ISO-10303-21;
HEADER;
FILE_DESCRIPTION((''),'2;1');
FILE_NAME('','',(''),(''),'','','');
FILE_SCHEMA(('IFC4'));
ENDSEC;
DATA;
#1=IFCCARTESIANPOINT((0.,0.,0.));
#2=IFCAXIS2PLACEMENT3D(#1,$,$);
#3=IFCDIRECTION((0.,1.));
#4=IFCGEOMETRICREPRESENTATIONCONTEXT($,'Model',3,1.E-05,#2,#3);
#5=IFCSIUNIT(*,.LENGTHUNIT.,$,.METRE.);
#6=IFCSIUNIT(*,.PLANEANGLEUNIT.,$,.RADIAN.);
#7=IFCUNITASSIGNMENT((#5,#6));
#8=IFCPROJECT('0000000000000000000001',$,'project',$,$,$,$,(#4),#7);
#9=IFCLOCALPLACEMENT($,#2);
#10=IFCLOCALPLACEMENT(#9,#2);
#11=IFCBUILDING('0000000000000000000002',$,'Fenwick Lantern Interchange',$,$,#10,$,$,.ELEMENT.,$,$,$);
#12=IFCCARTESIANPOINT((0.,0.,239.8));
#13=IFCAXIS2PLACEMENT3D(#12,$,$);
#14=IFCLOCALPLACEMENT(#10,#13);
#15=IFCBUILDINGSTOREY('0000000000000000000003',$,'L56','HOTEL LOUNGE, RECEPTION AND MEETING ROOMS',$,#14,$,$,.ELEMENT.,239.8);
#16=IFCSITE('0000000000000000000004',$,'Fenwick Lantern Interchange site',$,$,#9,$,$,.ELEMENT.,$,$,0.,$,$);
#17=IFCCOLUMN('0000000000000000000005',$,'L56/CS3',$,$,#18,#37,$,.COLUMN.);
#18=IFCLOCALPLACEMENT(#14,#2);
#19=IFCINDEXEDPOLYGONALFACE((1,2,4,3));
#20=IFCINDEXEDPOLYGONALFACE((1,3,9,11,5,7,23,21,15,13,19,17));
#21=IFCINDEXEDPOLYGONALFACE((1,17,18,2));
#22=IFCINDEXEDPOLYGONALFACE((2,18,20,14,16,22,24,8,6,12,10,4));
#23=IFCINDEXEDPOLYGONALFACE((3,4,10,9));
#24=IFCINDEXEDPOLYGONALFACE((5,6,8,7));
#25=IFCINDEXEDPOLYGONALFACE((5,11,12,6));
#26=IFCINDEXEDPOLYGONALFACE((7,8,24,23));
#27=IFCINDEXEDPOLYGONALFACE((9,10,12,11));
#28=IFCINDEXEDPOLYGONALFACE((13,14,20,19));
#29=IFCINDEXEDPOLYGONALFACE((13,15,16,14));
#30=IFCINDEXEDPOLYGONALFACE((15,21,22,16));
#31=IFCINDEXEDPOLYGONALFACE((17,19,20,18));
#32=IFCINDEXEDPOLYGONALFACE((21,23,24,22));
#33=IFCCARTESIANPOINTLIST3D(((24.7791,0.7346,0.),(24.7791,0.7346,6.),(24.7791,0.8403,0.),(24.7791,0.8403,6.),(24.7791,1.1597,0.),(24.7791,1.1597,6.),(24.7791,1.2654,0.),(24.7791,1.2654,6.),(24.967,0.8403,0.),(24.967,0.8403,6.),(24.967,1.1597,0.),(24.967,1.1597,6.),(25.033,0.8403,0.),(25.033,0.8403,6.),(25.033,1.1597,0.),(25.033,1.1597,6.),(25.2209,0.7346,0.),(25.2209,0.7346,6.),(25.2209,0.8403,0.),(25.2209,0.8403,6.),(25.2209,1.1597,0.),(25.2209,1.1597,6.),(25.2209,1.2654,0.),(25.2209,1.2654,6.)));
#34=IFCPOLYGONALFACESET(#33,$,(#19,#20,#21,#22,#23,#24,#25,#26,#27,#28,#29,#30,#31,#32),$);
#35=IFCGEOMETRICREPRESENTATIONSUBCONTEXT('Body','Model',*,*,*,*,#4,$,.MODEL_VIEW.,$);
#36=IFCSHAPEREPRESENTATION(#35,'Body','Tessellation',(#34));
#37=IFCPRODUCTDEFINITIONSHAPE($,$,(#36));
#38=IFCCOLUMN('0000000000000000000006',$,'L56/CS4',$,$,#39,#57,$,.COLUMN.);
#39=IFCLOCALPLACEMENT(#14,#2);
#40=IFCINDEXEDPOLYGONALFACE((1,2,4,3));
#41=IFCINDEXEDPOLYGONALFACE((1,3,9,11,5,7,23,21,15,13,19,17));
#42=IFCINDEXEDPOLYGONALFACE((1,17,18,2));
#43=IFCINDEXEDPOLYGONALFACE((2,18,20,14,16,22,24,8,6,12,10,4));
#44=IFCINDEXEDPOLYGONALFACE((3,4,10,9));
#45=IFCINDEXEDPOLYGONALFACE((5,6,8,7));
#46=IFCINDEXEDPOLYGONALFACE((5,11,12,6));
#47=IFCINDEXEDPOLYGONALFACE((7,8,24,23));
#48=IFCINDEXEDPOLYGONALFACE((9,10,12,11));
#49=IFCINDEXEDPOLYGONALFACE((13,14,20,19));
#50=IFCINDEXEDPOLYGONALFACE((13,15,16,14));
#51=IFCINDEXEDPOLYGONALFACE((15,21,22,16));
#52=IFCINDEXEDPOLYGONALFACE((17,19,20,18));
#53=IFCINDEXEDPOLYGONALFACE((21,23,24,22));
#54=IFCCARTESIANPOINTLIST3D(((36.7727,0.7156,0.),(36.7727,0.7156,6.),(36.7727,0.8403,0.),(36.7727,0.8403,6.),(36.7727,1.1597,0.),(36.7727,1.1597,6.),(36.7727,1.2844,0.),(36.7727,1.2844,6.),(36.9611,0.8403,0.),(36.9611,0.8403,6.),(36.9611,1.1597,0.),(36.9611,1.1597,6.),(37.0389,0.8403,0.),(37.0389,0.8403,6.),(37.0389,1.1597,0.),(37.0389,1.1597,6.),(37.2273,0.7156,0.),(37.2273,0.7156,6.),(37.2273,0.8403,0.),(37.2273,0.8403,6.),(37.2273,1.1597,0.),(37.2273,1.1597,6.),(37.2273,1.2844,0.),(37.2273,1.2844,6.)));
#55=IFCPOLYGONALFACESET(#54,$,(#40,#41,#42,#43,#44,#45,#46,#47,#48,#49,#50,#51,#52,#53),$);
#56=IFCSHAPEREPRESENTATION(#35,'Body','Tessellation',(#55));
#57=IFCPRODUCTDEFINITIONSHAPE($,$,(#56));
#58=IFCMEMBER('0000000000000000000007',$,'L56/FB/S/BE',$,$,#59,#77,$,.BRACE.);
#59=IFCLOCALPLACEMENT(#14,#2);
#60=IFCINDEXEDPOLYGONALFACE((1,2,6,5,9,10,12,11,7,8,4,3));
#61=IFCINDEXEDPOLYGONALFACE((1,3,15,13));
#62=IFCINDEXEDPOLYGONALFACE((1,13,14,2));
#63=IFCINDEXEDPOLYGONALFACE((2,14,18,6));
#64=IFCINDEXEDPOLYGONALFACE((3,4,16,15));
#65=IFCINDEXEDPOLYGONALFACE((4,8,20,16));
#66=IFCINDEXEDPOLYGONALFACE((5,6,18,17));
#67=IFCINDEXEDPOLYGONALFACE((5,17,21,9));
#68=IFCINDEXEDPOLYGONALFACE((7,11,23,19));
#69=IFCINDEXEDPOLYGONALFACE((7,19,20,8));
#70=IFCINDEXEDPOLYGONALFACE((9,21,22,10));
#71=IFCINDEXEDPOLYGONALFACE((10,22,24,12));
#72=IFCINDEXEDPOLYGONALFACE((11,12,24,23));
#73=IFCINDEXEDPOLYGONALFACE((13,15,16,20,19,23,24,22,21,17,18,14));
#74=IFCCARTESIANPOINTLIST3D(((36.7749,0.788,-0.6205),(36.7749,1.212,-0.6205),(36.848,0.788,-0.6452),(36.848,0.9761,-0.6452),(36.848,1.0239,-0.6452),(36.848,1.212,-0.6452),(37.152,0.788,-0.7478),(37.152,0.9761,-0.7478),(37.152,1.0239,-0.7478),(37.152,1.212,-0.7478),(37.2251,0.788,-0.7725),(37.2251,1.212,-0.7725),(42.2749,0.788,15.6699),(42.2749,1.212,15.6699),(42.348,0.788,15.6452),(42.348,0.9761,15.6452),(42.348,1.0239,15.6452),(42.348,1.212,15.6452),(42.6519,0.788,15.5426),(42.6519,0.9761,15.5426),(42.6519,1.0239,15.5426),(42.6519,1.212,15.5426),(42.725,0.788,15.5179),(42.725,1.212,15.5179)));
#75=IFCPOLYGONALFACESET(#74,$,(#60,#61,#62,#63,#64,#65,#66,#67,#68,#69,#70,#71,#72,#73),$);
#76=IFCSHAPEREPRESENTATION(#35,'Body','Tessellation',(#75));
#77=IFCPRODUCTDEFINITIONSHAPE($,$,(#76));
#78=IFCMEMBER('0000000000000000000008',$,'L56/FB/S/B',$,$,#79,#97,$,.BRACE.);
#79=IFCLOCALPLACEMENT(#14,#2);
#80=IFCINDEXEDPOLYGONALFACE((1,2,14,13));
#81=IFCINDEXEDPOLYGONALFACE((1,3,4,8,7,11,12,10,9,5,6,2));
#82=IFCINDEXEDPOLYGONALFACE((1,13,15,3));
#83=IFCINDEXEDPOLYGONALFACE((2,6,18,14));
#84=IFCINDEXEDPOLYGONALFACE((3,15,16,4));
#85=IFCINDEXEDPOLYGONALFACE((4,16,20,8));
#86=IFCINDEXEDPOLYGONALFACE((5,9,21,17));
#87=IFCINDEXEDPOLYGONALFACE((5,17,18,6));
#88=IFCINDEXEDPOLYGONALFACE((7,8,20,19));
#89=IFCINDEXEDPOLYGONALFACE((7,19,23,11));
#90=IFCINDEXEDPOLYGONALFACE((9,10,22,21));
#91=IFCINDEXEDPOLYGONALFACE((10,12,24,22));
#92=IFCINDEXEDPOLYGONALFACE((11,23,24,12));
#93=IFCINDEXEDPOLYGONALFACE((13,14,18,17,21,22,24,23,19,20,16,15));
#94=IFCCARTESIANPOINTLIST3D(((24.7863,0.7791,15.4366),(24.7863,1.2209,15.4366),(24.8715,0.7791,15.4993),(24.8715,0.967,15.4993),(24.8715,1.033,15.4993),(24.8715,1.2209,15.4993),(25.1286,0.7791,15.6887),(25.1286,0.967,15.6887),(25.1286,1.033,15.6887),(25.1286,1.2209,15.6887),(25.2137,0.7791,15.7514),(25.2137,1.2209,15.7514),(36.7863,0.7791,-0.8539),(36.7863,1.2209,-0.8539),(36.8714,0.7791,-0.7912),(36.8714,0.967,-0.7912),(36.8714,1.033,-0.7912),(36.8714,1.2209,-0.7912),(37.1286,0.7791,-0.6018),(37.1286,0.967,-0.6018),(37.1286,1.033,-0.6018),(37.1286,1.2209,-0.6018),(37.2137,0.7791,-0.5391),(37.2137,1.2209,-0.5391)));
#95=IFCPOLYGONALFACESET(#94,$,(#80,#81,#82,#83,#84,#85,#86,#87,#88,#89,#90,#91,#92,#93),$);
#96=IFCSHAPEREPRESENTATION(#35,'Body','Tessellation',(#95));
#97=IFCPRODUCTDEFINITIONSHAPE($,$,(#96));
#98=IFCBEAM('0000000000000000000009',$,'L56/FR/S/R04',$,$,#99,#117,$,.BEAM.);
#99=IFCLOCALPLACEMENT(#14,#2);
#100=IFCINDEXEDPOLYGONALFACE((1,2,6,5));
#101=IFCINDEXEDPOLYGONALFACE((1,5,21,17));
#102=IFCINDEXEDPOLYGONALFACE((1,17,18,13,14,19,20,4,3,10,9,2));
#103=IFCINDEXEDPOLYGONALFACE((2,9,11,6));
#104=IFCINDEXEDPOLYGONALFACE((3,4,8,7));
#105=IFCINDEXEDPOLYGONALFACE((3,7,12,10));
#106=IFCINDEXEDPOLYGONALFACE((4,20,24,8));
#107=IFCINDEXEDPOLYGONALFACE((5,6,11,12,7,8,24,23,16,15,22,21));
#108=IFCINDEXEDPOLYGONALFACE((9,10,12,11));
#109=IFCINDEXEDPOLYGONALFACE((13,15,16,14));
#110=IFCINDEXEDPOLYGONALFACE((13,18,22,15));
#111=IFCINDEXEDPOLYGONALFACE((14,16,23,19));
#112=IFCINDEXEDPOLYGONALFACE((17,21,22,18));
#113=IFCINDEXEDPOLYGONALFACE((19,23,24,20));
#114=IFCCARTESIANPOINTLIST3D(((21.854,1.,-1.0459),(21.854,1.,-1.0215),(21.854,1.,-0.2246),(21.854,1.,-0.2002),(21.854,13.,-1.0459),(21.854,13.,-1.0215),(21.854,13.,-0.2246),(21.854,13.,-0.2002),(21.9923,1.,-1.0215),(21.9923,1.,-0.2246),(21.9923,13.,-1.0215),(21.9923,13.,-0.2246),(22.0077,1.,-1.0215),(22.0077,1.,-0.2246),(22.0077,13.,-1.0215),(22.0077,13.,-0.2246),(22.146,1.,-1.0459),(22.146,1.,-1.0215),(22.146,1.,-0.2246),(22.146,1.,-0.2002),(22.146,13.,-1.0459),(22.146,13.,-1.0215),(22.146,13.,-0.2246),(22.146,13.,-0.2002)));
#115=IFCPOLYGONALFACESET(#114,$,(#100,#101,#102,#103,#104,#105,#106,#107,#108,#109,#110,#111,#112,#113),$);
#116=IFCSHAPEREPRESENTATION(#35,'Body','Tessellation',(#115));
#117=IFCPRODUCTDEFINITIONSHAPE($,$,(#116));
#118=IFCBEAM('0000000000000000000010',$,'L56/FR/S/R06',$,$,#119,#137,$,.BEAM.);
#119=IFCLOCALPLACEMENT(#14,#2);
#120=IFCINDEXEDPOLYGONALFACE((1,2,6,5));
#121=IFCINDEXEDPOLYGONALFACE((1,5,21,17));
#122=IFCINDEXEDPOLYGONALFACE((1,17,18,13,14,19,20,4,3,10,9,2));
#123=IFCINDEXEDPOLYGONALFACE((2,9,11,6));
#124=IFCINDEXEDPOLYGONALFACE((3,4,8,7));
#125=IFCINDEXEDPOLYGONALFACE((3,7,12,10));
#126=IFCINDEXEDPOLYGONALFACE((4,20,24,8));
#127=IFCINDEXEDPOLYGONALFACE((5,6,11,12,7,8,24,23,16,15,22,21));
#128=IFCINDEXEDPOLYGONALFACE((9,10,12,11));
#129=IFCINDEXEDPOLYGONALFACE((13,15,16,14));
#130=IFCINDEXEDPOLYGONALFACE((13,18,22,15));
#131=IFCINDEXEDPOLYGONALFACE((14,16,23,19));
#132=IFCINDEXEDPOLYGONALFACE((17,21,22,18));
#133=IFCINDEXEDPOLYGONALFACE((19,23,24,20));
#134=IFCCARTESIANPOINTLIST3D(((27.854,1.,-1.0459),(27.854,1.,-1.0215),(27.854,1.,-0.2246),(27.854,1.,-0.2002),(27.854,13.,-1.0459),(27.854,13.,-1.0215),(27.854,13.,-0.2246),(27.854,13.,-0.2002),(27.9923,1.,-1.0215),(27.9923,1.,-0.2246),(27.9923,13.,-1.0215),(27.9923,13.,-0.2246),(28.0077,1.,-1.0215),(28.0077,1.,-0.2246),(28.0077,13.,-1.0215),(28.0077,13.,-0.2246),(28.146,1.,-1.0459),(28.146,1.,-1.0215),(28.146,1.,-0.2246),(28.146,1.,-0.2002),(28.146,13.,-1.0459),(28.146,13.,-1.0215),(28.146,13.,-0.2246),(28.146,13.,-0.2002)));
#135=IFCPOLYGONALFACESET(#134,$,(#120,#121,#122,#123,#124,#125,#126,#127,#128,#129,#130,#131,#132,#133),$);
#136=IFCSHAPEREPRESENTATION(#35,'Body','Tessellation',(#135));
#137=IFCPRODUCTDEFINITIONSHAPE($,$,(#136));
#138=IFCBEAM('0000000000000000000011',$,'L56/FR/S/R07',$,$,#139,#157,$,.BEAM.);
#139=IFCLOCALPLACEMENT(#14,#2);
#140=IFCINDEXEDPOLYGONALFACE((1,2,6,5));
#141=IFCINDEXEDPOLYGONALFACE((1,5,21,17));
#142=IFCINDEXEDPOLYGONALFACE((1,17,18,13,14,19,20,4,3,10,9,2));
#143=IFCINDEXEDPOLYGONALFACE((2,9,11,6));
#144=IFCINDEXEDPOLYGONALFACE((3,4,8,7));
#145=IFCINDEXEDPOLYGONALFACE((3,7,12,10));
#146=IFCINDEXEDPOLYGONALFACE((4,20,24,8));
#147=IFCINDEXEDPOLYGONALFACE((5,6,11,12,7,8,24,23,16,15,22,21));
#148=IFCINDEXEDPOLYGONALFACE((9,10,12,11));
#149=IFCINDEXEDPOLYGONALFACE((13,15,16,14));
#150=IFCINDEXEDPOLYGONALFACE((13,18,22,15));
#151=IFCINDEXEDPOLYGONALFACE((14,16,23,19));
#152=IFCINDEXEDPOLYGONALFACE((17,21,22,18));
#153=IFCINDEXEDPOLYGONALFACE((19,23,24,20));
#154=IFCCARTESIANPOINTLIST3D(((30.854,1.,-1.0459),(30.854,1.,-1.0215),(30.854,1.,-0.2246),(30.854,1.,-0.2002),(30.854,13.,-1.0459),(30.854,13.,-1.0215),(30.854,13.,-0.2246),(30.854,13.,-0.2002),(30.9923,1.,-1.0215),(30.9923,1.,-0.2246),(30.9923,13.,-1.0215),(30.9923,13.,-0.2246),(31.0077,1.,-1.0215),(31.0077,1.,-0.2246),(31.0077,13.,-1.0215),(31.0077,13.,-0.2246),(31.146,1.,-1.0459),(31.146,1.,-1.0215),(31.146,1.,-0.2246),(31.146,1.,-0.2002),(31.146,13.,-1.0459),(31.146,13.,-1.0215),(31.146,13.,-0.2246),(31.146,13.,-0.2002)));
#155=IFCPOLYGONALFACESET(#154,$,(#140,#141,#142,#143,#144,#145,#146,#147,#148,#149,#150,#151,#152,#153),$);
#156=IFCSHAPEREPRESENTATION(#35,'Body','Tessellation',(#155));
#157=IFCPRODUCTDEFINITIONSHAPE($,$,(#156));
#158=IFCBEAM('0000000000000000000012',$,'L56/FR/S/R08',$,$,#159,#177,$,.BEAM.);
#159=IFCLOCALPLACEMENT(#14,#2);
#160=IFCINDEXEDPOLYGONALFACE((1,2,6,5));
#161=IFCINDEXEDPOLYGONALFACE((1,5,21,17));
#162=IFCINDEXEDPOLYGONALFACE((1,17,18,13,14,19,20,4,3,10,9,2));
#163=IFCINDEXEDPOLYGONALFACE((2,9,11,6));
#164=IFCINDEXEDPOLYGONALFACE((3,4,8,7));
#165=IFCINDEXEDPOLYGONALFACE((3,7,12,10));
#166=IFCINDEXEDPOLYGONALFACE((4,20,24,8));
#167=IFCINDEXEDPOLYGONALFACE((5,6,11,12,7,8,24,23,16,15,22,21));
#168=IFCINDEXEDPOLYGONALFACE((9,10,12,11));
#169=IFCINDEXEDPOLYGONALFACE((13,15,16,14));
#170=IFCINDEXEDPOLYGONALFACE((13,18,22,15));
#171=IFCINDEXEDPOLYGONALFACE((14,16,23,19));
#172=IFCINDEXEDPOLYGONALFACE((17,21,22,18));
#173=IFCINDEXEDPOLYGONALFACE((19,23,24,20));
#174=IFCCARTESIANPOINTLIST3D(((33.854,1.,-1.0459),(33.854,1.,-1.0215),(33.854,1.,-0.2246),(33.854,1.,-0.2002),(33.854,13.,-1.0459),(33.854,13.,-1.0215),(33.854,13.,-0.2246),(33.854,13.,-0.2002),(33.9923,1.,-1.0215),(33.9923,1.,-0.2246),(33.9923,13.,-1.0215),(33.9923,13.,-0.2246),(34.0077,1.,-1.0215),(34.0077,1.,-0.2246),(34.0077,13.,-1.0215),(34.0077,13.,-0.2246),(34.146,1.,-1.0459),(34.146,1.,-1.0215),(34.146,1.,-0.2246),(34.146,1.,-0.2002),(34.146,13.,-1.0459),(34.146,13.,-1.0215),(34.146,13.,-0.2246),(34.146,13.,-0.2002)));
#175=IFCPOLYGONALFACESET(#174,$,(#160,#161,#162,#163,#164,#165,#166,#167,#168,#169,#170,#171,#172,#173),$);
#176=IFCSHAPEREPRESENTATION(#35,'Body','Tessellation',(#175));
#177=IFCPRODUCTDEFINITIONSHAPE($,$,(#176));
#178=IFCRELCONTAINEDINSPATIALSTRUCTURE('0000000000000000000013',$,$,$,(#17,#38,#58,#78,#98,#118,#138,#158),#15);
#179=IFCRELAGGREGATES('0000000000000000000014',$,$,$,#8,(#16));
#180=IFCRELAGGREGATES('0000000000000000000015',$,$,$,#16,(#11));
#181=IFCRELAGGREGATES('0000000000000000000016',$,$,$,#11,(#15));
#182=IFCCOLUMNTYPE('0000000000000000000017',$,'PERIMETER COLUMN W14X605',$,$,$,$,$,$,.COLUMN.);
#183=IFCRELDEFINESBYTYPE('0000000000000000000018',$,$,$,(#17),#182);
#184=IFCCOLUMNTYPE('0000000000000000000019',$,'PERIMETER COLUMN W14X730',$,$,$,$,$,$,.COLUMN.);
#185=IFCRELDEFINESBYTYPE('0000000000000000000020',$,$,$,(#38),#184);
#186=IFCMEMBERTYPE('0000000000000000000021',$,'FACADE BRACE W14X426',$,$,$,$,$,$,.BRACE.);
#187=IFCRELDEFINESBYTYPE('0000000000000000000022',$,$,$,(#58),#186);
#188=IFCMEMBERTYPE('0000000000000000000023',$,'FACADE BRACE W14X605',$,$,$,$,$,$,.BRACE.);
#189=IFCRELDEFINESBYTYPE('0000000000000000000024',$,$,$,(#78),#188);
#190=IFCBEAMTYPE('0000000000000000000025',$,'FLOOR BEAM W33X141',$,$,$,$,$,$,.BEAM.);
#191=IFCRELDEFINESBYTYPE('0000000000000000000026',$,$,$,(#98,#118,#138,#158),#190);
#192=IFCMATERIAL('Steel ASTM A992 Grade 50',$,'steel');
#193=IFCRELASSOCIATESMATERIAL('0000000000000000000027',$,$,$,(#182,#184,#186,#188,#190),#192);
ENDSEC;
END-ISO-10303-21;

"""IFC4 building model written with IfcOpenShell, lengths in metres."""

from ifc_helpers import new_model, si_unit, direction, frame, origin, origin_2d, place, context, subcontext, project, spatial, i_section, extrude, material, material_profile, profile_set, type_object, element, save


model = new_model("IFC4")

# Units and contexts
model_context = context("Model", 3, precision=1e-05, world=origin(), true_north=direction((0.0, 1.0)))
body_context = subcontext(model_context, "Body", "Model", "MODEL_VIEW")
ifc_project = project(units=[si_unit("LENGTHUNIT", "METRE"), si_unit("PLANEANGLEUNIT", "RADIAN")], contexts=[model_context])

# Site, building, storey
site_placement = place(None, origin())
site = spatial("IfcSite", under=ifc_project, at=site_placement, Name="Fenwick Lantern Interchange site", CompositionType="ELEMENT", RefElevation=0.0)
building_placement = place(site_placement, origin())
building = spatial("IfcBuilding", under=site, at=building_placement, Name="Fenwick Lantern Interchange", CompositionType="ELEMENT")
storey_placement = place(building_placement, frame((0.0, 0.0, 239.8)))
storey = spatial("IfcBuildingStorey", under=building, at=storey_placement, Name="L56", Description="HOTEL LOUNGE, RECEPTION AND MEETING ROOMS", CompositionType="ELEMENT", Elevation=239.8)

# Columns
ifc_material_1 = material(Name="Steel ASTM A992 Grade 50", Category="steel")
ifc_material_profile_1 = material_profile(ifc_material_1, i_section(OverallWidth=0.4419, OverallDepth=0.5308, WebThickness=0.0659, FlangeThickness=0.1057, at=origin_2d()), Name="W14X605")
ifc_profile_set_1 = profile_set([ifc_material_profile_1], Name="Steel ASTM A992 Grade 50")
column_type_1 = type_object("IfcColumnType", Name="PERIMETER COLUMN W14X605", PredefinedType="COLUMN", material=ifc_profile_set_1)
column_1_placement = place(storey_placement, frame((25.0, 1.0, 0.0), z_axis=(0.0, 0.0, 1.0), x_axis=(1.0, 0.0, 0.0)))
element("IfcColumn", 1, at=column_1_placement, inside=storey, type_object=column_type_1, Name="L56/CS3", PredefinedType="COLUMN", context=body_context, shape_type="SweptSolid", body=[
    extrude(i_section(OverallWidth=0.4419, OverallDepth=0.5308, WebThickness=0.0659, FlangeThickness=0.1057, at=origin_2d()), origin(), (0.0, 0.0, 1.0), 6.0),
])
ifc_material_profile_2 = material_profile(ifc_material_1, i_section(OverallWidth=0.4546, OverallDepth=0.5688, WebThickness=0.0779, FlangeThickness=0.1248, at=origin_2d()), Name="W14X730")
ifc_profile_set_2 = profile_set([ifc_material_profile_2], Name="Steel ASTM A992 Grade 50")
column_type_2 = type_object("IfcColumnType", Name="PERIMETER COLUMN W14X730", PredefinedType="COLUMN", material=ifc_profile_set_2)
column_2_placement = place(storey_placement, frame((37.0, 1.0, 0.0), z_axis=(0.0, 0.0, 1.0), x_axis=(1.0, 0.0, 0.0)))
element("IfcColumn", 2, at=column_2_placement, inside=storey, type_object=column_type_2, Name="L56/CS4", PredefinedType="COLUMN", context=body_context, shape_type="SweptSolid", body=[
    extrude(i_section(OverallWidth=0.4546, OverallDepth=0.5688, WebThickness=0.0779, FlangeThickness=0.1248, at=origin_2d()), origin(), (0.0, 0.0, 1.0), 6.0),
])

# Members
ifc_material_profile_3 = material_profile(ifc_material_1, i_section(OverallWidth=0.4241, OverallDepth=0.4751, WebThickness=0.0479, FlangeThickness=0.0771, at=origin_2d()), Name="W14X426")
ifc_profile_set_3 = profile_set([ifc_material_profile_3], Name="Steel ASTM A992 Grade 50")
member_type_1 = type_object("IfcMemberType", Name="FACADE BRACE W14X426", PredefinedType="BRACE", material=ifc_profile_set_3)
member_1_placement = place(storey_placement, frame((37.0, 1.0, -0.6965), z_axis=(0.31988, 0.0, 0.947458), x_axis=(0.0, 1.0, 0.0)))
element("IfcMember", 3, at=member_1_placement, inside=storey, type_object=member_type_1, Name="L56/FB/S/BE", PredefinedType="BRACE", context=body_context, shape_type="SweptSolid", body=[
    extrude(i_section(OverallWidth=0.4241, OverallDepth=0.4751, WebThickness=0.0479, FlangeThickness=0.0771, at=origin_2d()), origin(), (0.0, 0.0, 1.0), 17.1938),
])
ifc_material_profile_4 = material_profile(ifc_material_1, i_section(OverallWidth=0.4419, OverallDepth=0.5308, WebThickness=0.0659, FlangeThickness=0.1057, at=origin_2d()), Name="W14X605")
ifc_profile_set_4 = profile_set([ifc_material_profile_4], Name="Steel ASTM A992 Grade 50")
member_type_2 = type_object("IfcMemberType", Name="FACADE BRACE W14X605", PredefinedType="BRACE", material=ifc_profile_set_4)
member_2_placement = place(storey_placement, frame((37.0, 1.0, -0.6965), z_axis=(-0.593085, 0.0, 0.80514), x_axis=(0.0, -1.0, 0.0)))
element("IfcMember", 4, at=member_2_placement, inside=storey, type_object=member_type_2, Name="L56/FB/S/B", PredefinedType="BRACE", context=body_context, shape_type="SweptSolid", body=[
    extrude(i_section(OverallWidth=0.4419, OverallDepth=0.5308, WebThickness=0.0659, FlangeThickness=0.1057, at=origin_2d()), origin(), (0.0, 0.0, 1.0), 20.2332),
])

# Beams
ifc_material_profile_5 = material_profile(ifc_material_1, i_section(OverallWidth=0.292, OverallDepth=0.8457, WebThickness=0.0154, FlangeThickness=0.0244, at=origin_2d()), Name="W33X141")
ifc_profile_set_5 = profile_set([ifc_material_profile_5], Name="Steel ASTM A992 Grade 50")
beam_type_1 = type_object("IfcBeamType", Name="FLOOR BEAM W33X141", PredefinedType="BEAM", material=ifc_profile_set_5)
for number, where, z_axis, x_axis, name in (
    (5, (22.0, 1.0, -0.623), (0.0, 1.0, 0.0), (-1.0, 0.0, 0.0), "L56/FR/S/R04"),
    (6, (28.0, 1.0, -0.623), (0.0, 1.0, 0.0), (-1.0, 0.0, 0.0), "L56/FR/S/R06"),
    (7, (31.0, 1.0, -0.623), (0.0, 1.0, 0.0), (-1.0, 0.0, 0.0), "L56/FR/S/R07"),
    (8, (34.0, 1.0, -0.623), (0.0, 1.0, 0.0), (-1.0, 0.0, 0.0), "L56/FR/S/R08"),
):
    element("IfcBeam", number, at=place(storey_placement, frame(where, z_axis=z_axis, x_axis=x_axis)), inside=storey, type_object=beam_type_1, Name=name, PredefinedType="BEAM", context=body_context, shape_type="SweptSolid", body=[
        extrude(i_section(OverallWidth=0.292, OverallDepth=0.8457, WebThickness=0.0154, FlangeThickness=0.0244, at=origin_2d()), origin(), (0.0, 0.0, 1.0), 12.0),
    ])

save(model, "model.ifc")
